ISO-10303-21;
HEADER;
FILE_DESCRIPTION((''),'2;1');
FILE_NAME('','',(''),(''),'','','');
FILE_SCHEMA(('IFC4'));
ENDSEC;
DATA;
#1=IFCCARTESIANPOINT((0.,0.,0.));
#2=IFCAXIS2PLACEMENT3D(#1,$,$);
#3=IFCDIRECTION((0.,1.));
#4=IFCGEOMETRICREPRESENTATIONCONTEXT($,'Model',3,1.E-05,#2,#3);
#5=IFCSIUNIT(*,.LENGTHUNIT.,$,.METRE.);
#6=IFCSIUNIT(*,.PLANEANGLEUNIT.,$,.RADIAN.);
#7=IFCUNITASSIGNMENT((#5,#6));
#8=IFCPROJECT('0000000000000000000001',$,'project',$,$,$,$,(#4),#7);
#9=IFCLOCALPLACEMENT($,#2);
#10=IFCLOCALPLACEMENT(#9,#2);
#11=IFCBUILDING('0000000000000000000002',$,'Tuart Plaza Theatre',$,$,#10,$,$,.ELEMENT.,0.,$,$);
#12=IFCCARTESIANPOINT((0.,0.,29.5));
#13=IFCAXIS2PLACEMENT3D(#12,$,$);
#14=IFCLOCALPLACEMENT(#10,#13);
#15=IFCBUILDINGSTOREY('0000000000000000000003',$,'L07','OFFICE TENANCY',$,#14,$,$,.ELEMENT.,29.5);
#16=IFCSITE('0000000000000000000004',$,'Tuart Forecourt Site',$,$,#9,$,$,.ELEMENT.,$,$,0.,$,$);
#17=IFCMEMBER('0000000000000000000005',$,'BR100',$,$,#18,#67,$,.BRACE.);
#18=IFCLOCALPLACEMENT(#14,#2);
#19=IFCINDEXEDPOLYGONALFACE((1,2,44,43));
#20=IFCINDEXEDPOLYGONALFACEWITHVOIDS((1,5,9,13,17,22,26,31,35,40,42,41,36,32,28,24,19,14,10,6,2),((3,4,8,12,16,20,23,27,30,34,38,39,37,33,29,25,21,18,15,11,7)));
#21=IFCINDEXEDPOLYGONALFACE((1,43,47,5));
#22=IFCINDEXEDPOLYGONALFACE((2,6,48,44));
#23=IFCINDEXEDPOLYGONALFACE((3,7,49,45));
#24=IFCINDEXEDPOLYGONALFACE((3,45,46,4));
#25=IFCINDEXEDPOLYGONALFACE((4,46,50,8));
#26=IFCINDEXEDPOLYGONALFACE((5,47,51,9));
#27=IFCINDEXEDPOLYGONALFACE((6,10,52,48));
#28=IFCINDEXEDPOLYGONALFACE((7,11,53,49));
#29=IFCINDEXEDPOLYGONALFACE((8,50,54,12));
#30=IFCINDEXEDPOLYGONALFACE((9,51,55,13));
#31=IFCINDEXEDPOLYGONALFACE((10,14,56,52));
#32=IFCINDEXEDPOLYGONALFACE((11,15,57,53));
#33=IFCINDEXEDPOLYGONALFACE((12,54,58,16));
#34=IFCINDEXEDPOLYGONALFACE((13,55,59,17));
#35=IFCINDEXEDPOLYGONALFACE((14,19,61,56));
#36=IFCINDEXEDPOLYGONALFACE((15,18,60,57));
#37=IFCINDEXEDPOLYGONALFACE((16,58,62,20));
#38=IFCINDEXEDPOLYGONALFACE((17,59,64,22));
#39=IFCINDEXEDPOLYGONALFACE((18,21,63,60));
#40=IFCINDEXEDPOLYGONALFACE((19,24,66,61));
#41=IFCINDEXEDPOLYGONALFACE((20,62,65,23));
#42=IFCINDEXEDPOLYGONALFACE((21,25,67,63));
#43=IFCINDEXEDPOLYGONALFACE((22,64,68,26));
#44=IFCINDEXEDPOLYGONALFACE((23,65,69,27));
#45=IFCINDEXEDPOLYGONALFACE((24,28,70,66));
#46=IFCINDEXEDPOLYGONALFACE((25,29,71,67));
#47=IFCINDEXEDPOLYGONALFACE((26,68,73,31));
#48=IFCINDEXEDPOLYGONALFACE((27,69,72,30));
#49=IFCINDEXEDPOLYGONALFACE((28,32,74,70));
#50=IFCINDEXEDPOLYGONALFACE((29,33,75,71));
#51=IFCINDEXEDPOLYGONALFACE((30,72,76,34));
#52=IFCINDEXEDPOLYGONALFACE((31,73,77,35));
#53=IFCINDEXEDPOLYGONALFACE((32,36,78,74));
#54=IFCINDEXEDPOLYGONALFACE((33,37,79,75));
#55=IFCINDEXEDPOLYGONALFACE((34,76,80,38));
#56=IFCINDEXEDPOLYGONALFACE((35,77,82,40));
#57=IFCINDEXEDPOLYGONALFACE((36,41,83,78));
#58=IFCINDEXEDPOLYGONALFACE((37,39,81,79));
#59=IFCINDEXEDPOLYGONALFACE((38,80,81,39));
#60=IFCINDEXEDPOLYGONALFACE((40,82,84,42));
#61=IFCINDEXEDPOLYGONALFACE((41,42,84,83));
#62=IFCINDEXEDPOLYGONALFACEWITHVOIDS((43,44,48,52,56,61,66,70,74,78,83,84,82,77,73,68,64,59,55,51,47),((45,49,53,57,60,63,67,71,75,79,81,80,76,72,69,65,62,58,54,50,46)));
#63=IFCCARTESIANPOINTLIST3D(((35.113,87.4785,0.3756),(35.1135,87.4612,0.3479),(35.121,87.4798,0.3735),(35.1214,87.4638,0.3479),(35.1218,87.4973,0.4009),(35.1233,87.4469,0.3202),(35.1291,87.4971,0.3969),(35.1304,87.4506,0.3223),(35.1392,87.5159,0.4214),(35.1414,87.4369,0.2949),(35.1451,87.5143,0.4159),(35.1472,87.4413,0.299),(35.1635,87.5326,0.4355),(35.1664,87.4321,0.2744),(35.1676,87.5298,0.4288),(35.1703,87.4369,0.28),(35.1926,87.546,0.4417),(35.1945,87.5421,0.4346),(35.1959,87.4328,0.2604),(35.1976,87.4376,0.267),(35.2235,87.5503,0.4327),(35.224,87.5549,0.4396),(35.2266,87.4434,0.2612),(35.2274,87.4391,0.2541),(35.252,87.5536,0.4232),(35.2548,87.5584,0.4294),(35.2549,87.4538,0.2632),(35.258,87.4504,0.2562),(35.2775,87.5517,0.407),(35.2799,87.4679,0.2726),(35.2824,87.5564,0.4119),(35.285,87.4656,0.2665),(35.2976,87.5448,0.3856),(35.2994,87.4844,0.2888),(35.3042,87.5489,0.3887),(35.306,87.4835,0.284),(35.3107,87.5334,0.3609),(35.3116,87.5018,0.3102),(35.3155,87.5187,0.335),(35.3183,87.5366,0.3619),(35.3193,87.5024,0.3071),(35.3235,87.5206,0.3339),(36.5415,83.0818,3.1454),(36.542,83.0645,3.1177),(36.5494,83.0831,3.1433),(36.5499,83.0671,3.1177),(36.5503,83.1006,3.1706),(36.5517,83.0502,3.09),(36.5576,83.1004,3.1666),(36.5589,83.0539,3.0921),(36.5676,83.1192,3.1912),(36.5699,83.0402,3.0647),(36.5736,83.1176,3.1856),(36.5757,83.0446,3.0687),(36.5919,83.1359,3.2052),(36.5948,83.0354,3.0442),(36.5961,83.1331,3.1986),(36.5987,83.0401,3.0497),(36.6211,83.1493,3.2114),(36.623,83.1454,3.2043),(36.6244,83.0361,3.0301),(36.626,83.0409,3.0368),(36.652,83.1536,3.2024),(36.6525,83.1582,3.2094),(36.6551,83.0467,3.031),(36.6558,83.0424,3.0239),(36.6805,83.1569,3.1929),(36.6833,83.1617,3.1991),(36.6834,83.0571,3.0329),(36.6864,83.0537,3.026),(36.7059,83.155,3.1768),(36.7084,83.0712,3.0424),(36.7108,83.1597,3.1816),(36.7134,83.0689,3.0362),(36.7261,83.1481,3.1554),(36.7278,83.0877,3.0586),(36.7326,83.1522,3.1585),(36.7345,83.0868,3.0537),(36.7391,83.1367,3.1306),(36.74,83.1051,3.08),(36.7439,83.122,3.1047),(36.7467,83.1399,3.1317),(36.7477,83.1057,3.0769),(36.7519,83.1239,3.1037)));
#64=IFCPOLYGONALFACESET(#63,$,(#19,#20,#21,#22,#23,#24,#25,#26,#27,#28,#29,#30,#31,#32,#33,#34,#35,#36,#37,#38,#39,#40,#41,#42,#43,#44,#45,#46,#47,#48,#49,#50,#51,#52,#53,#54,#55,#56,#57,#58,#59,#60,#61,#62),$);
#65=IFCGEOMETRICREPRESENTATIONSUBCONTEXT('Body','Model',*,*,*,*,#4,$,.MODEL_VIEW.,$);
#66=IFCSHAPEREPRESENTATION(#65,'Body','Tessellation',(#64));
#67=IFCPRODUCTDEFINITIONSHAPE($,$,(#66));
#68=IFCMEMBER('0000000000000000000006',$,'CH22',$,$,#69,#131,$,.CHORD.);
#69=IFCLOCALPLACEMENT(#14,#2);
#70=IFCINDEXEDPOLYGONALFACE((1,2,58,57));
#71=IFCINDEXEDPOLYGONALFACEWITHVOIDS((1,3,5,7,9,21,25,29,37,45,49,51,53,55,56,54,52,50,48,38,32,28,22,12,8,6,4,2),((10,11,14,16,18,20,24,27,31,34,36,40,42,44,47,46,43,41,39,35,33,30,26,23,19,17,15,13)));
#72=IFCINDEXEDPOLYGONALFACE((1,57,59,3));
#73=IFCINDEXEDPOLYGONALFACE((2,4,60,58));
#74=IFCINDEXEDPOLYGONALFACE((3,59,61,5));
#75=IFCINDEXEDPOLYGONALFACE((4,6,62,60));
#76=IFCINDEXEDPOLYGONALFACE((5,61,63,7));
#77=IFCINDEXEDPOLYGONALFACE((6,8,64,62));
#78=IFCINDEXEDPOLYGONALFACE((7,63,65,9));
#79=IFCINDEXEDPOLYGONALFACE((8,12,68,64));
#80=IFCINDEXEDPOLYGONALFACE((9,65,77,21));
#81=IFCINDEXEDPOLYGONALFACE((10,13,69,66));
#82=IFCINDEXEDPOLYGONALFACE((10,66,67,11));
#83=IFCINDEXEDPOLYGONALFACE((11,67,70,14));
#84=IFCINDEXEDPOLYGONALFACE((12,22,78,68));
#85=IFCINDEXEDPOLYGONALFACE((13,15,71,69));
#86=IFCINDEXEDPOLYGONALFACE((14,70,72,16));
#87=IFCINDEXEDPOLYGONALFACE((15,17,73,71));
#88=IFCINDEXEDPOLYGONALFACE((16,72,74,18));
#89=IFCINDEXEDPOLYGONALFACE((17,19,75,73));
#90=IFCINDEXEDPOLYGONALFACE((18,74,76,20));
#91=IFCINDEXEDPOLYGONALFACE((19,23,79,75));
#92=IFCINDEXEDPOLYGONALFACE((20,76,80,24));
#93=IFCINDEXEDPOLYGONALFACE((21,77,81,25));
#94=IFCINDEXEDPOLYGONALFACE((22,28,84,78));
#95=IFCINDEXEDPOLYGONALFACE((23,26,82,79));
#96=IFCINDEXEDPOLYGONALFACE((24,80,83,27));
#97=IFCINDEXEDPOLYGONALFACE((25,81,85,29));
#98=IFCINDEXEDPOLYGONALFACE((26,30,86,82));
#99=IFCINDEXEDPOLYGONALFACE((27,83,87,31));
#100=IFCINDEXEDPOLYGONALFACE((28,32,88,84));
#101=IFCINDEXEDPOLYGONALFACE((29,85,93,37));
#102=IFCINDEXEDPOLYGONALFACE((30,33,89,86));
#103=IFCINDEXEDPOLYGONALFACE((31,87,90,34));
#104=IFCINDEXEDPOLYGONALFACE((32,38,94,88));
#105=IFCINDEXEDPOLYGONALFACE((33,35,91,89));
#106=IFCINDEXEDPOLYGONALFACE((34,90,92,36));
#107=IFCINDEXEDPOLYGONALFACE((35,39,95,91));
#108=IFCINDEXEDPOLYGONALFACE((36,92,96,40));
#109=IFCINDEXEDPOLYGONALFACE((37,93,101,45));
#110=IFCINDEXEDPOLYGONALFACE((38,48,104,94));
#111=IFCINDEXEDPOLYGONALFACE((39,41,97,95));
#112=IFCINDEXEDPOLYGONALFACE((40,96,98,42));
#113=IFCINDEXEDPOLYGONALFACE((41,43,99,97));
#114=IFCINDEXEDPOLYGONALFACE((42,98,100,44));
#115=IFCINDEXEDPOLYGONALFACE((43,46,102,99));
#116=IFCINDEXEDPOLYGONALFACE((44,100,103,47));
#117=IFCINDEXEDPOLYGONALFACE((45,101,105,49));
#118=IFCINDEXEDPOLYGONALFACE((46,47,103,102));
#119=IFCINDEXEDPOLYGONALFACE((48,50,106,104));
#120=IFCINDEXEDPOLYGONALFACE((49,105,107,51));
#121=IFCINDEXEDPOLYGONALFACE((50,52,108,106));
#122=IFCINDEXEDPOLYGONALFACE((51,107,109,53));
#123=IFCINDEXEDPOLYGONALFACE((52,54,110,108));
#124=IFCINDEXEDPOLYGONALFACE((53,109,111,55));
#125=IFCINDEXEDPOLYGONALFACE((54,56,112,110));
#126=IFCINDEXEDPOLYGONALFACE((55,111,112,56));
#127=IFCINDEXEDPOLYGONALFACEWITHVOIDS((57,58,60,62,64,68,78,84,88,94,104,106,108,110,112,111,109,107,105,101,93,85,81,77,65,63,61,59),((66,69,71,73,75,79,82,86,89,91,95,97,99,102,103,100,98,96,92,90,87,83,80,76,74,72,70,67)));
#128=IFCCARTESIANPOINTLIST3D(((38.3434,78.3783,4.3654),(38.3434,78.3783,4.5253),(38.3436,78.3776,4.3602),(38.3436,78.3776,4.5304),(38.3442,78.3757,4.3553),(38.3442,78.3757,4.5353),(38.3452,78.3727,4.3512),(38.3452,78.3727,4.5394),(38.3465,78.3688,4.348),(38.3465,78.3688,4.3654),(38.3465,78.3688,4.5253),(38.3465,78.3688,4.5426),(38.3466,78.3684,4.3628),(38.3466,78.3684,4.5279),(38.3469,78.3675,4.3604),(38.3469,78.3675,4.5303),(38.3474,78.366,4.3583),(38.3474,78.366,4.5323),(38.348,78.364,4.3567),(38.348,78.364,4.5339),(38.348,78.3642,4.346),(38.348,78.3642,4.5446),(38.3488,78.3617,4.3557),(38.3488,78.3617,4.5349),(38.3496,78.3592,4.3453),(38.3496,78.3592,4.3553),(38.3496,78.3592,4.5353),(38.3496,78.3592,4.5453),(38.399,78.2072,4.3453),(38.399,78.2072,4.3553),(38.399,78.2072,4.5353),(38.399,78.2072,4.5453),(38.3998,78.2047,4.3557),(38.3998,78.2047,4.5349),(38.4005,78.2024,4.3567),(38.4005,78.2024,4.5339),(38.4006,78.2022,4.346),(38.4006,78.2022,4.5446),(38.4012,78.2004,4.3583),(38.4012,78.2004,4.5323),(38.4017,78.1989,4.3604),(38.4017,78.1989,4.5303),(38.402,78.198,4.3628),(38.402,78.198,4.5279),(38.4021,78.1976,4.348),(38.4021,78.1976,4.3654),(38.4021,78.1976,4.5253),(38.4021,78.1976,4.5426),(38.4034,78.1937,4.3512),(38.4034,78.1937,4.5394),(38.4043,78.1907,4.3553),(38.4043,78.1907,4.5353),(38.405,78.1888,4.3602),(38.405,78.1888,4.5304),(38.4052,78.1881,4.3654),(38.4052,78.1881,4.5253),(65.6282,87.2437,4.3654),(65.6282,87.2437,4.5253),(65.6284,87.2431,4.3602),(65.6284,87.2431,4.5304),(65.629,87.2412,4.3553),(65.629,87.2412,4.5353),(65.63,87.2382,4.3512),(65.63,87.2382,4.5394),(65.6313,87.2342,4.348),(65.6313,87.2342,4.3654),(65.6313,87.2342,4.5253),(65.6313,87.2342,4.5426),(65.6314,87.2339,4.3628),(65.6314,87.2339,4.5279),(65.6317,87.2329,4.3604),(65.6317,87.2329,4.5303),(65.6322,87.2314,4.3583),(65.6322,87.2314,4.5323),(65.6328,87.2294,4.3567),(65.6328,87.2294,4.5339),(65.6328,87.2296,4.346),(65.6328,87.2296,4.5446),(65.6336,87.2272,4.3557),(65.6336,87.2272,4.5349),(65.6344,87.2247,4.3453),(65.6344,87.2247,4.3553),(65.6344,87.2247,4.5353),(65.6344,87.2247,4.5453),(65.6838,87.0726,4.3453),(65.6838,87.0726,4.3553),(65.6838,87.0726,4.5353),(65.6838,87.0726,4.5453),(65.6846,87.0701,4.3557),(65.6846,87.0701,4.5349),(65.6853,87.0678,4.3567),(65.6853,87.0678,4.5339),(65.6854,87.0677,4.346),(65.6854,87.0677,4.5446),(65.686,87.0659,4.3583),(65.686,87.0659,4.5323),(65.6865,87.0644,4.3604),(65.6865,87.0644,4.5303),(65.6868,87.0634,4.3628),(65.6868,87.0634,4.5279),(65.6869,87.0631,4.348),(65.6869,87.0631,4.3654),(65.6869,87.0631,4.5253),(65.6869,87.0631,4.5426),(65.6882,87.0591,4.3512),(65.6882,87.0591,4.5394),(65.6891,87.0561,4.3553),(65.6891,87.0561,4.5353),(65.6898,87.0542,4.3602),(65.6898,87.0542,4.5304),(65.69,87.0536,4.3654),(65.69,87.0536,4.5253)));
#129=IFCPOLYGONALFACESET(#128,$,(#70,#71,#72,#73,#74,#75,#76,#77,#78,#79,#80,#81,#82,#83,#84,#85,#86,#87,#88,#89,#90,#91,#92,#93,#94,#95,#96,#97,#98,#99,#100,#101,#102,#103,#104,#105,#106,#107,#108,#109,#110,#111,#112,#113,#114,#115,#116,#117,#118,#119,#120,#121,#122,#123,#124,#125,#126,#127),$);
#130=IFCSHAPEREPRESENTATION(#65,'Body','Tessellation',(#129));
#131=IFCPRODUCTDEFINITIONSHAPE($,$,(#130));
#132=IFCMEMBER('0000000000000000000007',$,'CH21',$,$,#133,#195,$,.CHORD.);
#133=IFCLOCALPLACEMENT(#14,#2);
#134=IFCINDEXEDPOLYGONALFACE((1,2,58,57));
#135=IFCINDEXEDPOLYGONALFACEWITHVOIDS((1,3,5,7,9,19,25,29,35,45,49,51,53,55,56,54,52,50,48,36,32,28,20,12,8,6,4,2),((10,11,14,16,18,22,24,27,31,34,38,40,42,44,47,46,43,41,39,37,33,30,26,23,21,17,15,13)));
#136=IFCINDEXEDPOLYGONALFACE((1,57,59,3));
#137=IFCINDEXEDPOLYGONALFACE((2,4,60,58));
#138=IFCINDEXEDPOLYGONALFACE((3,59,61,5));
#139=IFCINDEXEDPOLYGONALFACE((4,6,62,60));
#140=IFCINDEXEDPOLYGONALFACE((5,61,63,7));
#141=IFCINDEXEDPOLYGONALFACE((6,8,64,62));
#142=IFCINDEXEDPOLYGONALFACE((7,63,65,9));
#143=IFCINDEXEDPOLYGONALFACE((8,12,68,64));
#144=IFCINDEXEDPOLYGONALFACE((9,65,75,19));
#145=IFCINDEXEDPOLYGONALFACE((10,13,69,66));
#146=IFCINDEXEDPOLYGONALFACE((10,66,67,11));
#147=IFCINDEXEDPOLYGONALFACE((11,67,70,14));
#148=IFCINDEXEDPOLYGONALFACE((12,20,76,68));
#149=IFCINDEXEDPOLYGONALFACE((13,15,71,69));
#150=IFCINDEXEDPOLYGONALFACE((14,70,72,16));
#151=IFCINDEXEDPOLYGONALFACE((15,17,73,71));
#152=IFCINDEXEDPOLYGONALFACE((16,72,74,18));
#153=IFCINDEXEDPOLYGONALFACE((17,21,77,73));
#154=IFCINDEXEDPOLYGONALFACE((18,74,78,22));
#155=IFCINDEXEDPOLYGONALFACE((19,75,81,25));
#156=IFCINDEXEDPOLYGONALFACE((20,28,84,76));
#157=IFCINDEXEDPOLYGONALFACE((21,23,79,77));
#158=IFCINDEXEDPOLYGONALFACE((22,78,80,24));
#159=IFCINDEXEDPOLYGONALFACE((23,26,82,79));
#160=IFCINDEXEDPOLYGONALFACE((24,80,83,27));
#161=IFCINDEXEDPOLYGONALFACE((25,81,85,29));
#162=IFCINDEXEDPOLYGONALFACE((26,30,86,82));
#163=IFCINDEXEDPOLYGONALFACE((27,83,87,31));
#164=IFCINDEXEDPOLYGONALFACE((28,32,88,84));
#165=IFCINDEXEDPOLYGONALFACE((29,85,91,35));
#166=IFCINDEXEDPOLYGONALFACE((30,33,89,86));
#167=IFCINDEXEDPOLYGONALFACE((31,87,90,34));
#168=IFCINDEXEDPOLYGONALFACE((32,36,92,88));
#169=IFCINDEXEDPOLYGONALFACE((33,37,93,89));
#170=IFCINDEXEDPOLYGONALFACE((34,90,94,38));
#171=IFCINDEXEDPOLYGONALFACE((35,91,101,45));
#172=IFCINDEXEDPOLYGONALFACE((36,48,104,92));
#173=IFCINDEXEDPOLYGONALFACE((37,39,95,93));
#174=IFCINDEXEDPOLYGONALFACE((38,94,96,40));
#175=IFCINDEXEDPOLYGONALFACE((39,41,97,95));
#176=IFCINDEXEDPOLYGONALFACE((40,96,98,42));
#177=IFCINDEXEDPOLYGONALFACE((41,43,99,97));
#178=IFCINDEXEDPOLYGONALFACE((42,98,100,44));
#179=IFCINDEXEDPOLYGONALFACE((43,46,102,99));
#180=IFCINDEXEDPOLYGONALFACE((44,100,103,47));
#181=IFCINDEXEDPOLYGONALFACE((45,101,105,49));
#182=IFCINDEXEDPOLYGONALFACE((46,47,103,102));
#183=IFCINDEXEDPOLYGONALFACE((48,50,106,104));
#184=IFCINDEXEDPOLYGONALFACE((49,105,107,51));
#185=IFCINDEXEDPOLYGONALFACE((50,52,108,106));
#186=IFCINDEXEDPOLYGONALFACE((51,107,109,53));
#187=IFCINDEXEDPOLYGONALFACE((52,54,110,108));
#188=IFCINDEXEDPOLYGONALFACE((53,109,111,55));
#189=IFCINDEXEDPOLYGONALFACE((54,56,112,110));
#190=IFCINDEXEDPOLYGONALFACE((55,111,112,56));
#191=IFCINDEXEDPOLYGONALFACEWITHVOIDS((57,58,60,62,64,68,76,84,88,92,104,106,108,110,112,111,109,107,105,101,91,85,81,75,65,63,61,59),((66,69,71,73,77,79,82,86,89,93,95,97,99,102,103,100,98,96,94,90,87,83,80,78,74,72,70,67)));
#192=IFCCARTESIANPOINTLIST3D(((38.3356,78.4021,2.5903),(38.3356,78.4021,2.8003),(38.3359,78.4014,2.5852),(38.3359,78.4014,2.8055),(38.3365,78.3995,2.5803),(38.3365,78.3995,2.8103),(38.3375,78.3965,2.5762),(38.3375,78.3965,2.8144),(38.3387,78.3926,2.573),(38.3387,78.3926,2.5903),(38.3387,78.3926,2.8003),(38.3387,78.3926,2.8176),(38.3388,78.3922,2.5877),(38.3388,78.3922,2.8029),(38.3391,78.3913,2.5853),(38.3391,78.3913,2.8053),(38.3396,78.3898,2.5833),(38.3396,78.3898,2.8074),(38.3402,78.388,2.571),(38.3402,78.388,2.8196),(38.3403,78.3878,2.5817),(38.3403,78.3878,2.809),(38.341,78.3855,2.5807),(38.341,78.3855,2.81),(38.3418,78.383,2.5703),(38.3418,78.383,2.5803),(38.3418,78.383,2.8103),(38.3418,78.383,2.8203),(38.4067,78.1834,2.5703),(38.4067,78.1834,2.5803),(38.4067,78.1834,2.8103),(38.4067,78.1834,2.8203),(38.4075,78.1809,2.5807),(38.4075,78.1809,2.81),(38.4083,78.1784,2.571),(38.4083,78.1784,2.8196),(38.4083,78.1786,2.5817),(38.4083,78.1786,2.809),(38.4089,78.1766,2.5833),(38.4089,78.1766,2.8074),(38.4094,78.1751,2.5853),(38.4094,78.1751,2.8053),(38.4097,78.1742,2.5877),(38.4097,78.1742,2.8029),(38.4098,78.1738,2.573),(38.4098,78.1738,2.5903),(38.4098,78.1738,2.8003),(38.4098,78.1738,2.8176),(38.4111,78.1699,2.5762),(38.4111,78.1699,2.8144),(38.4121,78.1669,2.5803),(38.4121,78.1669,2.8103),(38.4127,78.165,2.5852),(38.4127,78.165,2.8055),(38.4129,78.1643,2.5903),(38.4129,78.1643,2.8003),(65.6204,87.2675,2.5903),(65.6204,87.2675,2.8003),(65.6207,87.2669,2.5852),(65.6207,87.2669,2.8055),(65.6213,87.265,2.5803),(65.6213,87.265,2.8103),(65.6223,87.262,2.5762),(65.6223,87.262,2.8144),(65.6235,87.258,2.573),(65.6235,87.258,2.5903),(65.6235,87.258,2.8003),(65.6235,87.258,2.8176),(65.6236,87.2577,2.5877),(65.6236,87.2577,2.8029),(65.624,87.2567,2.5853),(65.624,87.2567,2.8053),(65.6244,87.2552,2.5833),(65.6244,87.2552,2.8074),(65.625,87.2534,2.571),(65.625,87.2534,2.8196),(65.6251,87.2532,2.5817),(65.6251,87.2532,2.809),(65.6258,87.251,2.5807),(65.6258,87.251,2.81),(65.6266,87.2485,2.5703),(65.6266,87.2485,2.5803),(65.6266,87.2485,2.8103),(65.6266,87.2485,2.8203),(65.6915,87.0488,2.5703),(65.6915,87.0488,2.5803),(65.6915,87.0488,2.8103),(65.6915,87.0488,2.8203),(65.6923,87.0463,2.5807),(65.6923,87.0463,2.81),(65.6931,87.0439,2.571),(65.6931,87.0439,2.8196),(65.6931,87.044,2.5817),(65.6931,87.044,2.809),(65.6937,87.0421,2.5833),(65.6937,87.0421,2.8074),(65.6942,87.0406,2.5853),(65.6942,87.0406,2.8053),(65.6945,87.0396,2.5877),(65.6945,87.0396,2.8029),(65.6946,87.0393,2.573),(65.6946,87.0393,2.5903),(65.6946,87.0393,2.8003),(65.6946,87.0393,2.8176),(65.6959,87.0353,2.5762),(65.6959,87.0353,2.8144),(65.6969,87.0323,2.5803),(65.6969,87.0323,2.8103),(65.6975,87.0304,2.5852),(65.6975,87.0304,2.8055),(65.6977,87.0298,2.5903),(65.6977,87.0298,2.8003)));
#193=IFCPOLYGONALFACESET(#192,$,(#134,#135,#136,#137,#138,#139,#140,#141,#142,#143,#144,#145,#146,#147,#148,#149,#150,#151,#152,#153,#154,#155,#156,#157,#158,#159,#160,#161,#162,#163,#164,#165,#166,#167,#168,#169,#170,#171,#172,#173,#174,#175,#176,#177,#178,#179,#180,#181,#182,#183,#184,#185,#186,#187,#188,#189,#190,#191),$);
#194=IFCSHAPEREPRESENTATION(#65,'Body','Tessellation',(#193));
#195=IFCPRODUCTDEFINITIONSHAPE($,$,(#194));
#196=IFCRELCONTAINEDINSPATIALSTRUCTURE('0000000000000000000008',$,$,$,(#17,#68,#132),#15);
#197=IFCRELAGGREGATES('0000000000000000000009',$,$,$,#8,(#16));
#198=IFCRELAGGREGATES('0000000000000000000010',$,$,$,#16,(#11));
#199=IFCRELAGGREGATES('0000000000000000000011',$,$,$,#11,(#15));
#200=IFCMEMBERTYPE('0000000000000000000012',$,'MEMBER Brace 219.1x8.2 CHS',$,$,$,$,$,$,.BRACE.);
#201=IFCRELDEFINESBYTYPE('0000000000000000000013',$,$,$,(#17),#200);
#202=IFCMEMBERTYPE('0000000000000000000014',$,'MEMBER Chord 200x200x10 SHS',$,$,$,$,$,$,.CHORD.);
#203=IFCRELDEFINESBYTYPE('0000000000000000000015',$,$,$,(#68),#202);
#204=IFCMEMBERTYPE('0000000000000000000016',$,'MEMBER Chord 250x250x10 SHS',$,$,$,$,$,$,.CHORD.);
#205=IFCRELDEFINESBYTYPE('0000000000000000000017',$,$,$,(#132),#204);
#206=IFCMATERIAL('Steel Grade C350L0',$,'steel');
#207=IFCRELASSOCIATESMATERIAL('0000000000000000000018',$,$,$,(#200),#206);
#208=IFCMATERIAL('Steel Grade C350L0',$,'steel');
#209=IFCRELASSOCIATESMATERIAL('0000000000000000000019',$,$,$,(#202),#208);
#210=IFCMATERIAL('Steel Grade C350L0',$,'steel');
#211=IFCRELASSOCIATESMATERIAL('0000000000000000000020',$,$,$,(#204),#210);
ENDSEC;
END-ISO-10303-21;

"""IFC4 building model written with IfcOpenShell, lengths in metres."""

from ifc_helpers import new_model, si_unit, direction, frame, origin, origin_2d, place, context, subcontext, project, spatial, hollow_rectangle, hollow_circle, extrude, material, material_profile, profile_set, type_object, element, save


model = new_model("IFC4")

# Units and contexts
model_context = context("Model", 3, precision=1e-05, world=origin(), true_north=direction((0.0, 1.0)))
body_context = subcontext(model_context, "Body", "Model", "MODEL_VIEW")
ifc_project = project(units=[si_unit("LENGTHUNIT", "METRE"), si_unit("PLANEANGLEUNIT", "RADIAN")], contexts=[model_context])

# Site, building, storey
site_placement = place(None, origin())
site = spatial("IfcSite", under=ifc_project, at=site_placement, Name="Tuart Forecourt Site", CompositionType="ELEMENT", RefElevation=0.0)
building_placement = place(site_placement, origin())
building = spatial("IfcBuilding", under=site, at=building_placement, Name="Tuart Plaza Theatre", CompositionType="ELEMENT", ElevationOfRefHeight=0.0)
storey_placement = place(building_placement, frame((0.0, 0.0, 29.5)))
storey = spatial("IfcBuildingStorey", under=building, at=storey_placement, Name="L07", Description="OFFICE TENANCY", CompositionType="ELEMENT", Elevation=29.5)

# Members
ifc_material_1 = material(Name="Steel Grade C350L0", Category="steel")
ifc_material_profile_1 = material_profile(ifc_material_1, hollow_circle(Radius=0.1096, WallThickness=0.0083, at=origin_2d()), Name="219.1x8.2 CHS")
ifc_profile_set_1 = profile_set([ifc_material_profile_1], Name="Steel Grade C350L0")
member_type_1 = type_object("IfcMemberType", Name="MEMBER Brace 219.1x8.2 CHS", PredefinedType="BRACE", material=ifc_profile_set_1)
member_1_placement = place(storey_placement, frame((36.6462, 83.0984, 3.1177), z_axis=(-0.265061, 0.815842, -0.51395), x_axis=(-0.951064, -0.308994, 0.0)))
element("IfcMember", 1, at=member_1_placement, inside=storey, type_object=member_type_1, Name="BR100", PredefinedType="BRACE", context=body_context, shape_type="SweptSolid", body=[
    extrude(hollow_circle(Radius=0.1096, WallThickness=0.0083, at=origin_2d()), origin(), (0.0, 0.0, 1.0), 5.3892),
])
ifc_material_2 = material(Name="Steel Grade C350L0", Category="steel")
ifc_material_profile_2 = material_profile(ifc_material_2, hollow_rectangle(XDim=0.2, YDim=0.2, WallThickness=0.01, InnerFilletRadius=0.01, OuterFilletRadius=0.02, at=origin_2d()), Name="200x200x10 SHS")
ifc_profile_set_2 = profile_set([ifc_material_profile_2], Name="Steel Grade C350L0")
member_type_2 = type_object("IfcMemberType", Name="MEMBER Chord 200x200x10 SHS", PredefinedType="CHORD", material=ifc_profile_set_2)
member_2_placement = place(storey_placement, frame((38.3743, 78.2832, 4.4453), z_axis=(0.951056, 0.309019, 0.0), x_axis=(-0.309019, 0.951056, 0.0)))
element("IfcMember", 2, at=member_2_placement, inside=storey, type_object=member_type_2, Name="CH22", PredefinedType="CHORD", context=body_context, shape_type="SweptSolid", body=[
    extrude(hollow_rectangle(XDim=0.2, YDim=0.2, WallThickness=0.01, InnerFilletRadius=0.01, OuterFilletRadius=0.02, at=origin_2d()), origin(), (0.0, 0.0, 1.0), 28.689),
])
ifc_material_3 = material(Name="Steel Grade C350L0", Category="steel")
ifc_material_profile_3 = material_profile(ifc_material_3, hollow_rectangle(XDim=0.25, YDim=0.25, WallThickness=0.01, InnerFilletRadius=0.01, OuterFilletRadius=0.02, at=origin_2d()), Name="250x250x10 SHS")
ifc_profile_set_3 = profile_set([ifc_material_profile_3], Name="Steel Grade C350L0")
member_type_3 = type_object("IfcMemberType", Name="MEMBER Chord 250x250x10 SHS", PredefinedType="CHORD", material=ifc_profile_set_3)
for number, where, z_axis, x_axis, name in (
    (3, (38.3743, 78.2832, 2.6953), (0.951056, 0.309019, 0.0), (-0.309019, 0.951056, 0.0), "CH21"),
):
    element("IfcMember", number, at=place(storey_placement, frame(where, z_axis=z_axis, x_axis=x_axis)), inside=storey, type_object=member_type_3, Name=name, PredefinedType="CHORD", context=body_context, shape_type="SweptSolid", body=[
        extrude(hollow_rectangle(XDim=0.25, YDim=0.25, WallThickness=0.01, InnerFilletRadius=0.01, OuterFilletRadius=0.02, at=origin_2d()), origin(), (0.0, 0.0, 1.0), 28.689),
    ])

save(model, "model.ifc")
